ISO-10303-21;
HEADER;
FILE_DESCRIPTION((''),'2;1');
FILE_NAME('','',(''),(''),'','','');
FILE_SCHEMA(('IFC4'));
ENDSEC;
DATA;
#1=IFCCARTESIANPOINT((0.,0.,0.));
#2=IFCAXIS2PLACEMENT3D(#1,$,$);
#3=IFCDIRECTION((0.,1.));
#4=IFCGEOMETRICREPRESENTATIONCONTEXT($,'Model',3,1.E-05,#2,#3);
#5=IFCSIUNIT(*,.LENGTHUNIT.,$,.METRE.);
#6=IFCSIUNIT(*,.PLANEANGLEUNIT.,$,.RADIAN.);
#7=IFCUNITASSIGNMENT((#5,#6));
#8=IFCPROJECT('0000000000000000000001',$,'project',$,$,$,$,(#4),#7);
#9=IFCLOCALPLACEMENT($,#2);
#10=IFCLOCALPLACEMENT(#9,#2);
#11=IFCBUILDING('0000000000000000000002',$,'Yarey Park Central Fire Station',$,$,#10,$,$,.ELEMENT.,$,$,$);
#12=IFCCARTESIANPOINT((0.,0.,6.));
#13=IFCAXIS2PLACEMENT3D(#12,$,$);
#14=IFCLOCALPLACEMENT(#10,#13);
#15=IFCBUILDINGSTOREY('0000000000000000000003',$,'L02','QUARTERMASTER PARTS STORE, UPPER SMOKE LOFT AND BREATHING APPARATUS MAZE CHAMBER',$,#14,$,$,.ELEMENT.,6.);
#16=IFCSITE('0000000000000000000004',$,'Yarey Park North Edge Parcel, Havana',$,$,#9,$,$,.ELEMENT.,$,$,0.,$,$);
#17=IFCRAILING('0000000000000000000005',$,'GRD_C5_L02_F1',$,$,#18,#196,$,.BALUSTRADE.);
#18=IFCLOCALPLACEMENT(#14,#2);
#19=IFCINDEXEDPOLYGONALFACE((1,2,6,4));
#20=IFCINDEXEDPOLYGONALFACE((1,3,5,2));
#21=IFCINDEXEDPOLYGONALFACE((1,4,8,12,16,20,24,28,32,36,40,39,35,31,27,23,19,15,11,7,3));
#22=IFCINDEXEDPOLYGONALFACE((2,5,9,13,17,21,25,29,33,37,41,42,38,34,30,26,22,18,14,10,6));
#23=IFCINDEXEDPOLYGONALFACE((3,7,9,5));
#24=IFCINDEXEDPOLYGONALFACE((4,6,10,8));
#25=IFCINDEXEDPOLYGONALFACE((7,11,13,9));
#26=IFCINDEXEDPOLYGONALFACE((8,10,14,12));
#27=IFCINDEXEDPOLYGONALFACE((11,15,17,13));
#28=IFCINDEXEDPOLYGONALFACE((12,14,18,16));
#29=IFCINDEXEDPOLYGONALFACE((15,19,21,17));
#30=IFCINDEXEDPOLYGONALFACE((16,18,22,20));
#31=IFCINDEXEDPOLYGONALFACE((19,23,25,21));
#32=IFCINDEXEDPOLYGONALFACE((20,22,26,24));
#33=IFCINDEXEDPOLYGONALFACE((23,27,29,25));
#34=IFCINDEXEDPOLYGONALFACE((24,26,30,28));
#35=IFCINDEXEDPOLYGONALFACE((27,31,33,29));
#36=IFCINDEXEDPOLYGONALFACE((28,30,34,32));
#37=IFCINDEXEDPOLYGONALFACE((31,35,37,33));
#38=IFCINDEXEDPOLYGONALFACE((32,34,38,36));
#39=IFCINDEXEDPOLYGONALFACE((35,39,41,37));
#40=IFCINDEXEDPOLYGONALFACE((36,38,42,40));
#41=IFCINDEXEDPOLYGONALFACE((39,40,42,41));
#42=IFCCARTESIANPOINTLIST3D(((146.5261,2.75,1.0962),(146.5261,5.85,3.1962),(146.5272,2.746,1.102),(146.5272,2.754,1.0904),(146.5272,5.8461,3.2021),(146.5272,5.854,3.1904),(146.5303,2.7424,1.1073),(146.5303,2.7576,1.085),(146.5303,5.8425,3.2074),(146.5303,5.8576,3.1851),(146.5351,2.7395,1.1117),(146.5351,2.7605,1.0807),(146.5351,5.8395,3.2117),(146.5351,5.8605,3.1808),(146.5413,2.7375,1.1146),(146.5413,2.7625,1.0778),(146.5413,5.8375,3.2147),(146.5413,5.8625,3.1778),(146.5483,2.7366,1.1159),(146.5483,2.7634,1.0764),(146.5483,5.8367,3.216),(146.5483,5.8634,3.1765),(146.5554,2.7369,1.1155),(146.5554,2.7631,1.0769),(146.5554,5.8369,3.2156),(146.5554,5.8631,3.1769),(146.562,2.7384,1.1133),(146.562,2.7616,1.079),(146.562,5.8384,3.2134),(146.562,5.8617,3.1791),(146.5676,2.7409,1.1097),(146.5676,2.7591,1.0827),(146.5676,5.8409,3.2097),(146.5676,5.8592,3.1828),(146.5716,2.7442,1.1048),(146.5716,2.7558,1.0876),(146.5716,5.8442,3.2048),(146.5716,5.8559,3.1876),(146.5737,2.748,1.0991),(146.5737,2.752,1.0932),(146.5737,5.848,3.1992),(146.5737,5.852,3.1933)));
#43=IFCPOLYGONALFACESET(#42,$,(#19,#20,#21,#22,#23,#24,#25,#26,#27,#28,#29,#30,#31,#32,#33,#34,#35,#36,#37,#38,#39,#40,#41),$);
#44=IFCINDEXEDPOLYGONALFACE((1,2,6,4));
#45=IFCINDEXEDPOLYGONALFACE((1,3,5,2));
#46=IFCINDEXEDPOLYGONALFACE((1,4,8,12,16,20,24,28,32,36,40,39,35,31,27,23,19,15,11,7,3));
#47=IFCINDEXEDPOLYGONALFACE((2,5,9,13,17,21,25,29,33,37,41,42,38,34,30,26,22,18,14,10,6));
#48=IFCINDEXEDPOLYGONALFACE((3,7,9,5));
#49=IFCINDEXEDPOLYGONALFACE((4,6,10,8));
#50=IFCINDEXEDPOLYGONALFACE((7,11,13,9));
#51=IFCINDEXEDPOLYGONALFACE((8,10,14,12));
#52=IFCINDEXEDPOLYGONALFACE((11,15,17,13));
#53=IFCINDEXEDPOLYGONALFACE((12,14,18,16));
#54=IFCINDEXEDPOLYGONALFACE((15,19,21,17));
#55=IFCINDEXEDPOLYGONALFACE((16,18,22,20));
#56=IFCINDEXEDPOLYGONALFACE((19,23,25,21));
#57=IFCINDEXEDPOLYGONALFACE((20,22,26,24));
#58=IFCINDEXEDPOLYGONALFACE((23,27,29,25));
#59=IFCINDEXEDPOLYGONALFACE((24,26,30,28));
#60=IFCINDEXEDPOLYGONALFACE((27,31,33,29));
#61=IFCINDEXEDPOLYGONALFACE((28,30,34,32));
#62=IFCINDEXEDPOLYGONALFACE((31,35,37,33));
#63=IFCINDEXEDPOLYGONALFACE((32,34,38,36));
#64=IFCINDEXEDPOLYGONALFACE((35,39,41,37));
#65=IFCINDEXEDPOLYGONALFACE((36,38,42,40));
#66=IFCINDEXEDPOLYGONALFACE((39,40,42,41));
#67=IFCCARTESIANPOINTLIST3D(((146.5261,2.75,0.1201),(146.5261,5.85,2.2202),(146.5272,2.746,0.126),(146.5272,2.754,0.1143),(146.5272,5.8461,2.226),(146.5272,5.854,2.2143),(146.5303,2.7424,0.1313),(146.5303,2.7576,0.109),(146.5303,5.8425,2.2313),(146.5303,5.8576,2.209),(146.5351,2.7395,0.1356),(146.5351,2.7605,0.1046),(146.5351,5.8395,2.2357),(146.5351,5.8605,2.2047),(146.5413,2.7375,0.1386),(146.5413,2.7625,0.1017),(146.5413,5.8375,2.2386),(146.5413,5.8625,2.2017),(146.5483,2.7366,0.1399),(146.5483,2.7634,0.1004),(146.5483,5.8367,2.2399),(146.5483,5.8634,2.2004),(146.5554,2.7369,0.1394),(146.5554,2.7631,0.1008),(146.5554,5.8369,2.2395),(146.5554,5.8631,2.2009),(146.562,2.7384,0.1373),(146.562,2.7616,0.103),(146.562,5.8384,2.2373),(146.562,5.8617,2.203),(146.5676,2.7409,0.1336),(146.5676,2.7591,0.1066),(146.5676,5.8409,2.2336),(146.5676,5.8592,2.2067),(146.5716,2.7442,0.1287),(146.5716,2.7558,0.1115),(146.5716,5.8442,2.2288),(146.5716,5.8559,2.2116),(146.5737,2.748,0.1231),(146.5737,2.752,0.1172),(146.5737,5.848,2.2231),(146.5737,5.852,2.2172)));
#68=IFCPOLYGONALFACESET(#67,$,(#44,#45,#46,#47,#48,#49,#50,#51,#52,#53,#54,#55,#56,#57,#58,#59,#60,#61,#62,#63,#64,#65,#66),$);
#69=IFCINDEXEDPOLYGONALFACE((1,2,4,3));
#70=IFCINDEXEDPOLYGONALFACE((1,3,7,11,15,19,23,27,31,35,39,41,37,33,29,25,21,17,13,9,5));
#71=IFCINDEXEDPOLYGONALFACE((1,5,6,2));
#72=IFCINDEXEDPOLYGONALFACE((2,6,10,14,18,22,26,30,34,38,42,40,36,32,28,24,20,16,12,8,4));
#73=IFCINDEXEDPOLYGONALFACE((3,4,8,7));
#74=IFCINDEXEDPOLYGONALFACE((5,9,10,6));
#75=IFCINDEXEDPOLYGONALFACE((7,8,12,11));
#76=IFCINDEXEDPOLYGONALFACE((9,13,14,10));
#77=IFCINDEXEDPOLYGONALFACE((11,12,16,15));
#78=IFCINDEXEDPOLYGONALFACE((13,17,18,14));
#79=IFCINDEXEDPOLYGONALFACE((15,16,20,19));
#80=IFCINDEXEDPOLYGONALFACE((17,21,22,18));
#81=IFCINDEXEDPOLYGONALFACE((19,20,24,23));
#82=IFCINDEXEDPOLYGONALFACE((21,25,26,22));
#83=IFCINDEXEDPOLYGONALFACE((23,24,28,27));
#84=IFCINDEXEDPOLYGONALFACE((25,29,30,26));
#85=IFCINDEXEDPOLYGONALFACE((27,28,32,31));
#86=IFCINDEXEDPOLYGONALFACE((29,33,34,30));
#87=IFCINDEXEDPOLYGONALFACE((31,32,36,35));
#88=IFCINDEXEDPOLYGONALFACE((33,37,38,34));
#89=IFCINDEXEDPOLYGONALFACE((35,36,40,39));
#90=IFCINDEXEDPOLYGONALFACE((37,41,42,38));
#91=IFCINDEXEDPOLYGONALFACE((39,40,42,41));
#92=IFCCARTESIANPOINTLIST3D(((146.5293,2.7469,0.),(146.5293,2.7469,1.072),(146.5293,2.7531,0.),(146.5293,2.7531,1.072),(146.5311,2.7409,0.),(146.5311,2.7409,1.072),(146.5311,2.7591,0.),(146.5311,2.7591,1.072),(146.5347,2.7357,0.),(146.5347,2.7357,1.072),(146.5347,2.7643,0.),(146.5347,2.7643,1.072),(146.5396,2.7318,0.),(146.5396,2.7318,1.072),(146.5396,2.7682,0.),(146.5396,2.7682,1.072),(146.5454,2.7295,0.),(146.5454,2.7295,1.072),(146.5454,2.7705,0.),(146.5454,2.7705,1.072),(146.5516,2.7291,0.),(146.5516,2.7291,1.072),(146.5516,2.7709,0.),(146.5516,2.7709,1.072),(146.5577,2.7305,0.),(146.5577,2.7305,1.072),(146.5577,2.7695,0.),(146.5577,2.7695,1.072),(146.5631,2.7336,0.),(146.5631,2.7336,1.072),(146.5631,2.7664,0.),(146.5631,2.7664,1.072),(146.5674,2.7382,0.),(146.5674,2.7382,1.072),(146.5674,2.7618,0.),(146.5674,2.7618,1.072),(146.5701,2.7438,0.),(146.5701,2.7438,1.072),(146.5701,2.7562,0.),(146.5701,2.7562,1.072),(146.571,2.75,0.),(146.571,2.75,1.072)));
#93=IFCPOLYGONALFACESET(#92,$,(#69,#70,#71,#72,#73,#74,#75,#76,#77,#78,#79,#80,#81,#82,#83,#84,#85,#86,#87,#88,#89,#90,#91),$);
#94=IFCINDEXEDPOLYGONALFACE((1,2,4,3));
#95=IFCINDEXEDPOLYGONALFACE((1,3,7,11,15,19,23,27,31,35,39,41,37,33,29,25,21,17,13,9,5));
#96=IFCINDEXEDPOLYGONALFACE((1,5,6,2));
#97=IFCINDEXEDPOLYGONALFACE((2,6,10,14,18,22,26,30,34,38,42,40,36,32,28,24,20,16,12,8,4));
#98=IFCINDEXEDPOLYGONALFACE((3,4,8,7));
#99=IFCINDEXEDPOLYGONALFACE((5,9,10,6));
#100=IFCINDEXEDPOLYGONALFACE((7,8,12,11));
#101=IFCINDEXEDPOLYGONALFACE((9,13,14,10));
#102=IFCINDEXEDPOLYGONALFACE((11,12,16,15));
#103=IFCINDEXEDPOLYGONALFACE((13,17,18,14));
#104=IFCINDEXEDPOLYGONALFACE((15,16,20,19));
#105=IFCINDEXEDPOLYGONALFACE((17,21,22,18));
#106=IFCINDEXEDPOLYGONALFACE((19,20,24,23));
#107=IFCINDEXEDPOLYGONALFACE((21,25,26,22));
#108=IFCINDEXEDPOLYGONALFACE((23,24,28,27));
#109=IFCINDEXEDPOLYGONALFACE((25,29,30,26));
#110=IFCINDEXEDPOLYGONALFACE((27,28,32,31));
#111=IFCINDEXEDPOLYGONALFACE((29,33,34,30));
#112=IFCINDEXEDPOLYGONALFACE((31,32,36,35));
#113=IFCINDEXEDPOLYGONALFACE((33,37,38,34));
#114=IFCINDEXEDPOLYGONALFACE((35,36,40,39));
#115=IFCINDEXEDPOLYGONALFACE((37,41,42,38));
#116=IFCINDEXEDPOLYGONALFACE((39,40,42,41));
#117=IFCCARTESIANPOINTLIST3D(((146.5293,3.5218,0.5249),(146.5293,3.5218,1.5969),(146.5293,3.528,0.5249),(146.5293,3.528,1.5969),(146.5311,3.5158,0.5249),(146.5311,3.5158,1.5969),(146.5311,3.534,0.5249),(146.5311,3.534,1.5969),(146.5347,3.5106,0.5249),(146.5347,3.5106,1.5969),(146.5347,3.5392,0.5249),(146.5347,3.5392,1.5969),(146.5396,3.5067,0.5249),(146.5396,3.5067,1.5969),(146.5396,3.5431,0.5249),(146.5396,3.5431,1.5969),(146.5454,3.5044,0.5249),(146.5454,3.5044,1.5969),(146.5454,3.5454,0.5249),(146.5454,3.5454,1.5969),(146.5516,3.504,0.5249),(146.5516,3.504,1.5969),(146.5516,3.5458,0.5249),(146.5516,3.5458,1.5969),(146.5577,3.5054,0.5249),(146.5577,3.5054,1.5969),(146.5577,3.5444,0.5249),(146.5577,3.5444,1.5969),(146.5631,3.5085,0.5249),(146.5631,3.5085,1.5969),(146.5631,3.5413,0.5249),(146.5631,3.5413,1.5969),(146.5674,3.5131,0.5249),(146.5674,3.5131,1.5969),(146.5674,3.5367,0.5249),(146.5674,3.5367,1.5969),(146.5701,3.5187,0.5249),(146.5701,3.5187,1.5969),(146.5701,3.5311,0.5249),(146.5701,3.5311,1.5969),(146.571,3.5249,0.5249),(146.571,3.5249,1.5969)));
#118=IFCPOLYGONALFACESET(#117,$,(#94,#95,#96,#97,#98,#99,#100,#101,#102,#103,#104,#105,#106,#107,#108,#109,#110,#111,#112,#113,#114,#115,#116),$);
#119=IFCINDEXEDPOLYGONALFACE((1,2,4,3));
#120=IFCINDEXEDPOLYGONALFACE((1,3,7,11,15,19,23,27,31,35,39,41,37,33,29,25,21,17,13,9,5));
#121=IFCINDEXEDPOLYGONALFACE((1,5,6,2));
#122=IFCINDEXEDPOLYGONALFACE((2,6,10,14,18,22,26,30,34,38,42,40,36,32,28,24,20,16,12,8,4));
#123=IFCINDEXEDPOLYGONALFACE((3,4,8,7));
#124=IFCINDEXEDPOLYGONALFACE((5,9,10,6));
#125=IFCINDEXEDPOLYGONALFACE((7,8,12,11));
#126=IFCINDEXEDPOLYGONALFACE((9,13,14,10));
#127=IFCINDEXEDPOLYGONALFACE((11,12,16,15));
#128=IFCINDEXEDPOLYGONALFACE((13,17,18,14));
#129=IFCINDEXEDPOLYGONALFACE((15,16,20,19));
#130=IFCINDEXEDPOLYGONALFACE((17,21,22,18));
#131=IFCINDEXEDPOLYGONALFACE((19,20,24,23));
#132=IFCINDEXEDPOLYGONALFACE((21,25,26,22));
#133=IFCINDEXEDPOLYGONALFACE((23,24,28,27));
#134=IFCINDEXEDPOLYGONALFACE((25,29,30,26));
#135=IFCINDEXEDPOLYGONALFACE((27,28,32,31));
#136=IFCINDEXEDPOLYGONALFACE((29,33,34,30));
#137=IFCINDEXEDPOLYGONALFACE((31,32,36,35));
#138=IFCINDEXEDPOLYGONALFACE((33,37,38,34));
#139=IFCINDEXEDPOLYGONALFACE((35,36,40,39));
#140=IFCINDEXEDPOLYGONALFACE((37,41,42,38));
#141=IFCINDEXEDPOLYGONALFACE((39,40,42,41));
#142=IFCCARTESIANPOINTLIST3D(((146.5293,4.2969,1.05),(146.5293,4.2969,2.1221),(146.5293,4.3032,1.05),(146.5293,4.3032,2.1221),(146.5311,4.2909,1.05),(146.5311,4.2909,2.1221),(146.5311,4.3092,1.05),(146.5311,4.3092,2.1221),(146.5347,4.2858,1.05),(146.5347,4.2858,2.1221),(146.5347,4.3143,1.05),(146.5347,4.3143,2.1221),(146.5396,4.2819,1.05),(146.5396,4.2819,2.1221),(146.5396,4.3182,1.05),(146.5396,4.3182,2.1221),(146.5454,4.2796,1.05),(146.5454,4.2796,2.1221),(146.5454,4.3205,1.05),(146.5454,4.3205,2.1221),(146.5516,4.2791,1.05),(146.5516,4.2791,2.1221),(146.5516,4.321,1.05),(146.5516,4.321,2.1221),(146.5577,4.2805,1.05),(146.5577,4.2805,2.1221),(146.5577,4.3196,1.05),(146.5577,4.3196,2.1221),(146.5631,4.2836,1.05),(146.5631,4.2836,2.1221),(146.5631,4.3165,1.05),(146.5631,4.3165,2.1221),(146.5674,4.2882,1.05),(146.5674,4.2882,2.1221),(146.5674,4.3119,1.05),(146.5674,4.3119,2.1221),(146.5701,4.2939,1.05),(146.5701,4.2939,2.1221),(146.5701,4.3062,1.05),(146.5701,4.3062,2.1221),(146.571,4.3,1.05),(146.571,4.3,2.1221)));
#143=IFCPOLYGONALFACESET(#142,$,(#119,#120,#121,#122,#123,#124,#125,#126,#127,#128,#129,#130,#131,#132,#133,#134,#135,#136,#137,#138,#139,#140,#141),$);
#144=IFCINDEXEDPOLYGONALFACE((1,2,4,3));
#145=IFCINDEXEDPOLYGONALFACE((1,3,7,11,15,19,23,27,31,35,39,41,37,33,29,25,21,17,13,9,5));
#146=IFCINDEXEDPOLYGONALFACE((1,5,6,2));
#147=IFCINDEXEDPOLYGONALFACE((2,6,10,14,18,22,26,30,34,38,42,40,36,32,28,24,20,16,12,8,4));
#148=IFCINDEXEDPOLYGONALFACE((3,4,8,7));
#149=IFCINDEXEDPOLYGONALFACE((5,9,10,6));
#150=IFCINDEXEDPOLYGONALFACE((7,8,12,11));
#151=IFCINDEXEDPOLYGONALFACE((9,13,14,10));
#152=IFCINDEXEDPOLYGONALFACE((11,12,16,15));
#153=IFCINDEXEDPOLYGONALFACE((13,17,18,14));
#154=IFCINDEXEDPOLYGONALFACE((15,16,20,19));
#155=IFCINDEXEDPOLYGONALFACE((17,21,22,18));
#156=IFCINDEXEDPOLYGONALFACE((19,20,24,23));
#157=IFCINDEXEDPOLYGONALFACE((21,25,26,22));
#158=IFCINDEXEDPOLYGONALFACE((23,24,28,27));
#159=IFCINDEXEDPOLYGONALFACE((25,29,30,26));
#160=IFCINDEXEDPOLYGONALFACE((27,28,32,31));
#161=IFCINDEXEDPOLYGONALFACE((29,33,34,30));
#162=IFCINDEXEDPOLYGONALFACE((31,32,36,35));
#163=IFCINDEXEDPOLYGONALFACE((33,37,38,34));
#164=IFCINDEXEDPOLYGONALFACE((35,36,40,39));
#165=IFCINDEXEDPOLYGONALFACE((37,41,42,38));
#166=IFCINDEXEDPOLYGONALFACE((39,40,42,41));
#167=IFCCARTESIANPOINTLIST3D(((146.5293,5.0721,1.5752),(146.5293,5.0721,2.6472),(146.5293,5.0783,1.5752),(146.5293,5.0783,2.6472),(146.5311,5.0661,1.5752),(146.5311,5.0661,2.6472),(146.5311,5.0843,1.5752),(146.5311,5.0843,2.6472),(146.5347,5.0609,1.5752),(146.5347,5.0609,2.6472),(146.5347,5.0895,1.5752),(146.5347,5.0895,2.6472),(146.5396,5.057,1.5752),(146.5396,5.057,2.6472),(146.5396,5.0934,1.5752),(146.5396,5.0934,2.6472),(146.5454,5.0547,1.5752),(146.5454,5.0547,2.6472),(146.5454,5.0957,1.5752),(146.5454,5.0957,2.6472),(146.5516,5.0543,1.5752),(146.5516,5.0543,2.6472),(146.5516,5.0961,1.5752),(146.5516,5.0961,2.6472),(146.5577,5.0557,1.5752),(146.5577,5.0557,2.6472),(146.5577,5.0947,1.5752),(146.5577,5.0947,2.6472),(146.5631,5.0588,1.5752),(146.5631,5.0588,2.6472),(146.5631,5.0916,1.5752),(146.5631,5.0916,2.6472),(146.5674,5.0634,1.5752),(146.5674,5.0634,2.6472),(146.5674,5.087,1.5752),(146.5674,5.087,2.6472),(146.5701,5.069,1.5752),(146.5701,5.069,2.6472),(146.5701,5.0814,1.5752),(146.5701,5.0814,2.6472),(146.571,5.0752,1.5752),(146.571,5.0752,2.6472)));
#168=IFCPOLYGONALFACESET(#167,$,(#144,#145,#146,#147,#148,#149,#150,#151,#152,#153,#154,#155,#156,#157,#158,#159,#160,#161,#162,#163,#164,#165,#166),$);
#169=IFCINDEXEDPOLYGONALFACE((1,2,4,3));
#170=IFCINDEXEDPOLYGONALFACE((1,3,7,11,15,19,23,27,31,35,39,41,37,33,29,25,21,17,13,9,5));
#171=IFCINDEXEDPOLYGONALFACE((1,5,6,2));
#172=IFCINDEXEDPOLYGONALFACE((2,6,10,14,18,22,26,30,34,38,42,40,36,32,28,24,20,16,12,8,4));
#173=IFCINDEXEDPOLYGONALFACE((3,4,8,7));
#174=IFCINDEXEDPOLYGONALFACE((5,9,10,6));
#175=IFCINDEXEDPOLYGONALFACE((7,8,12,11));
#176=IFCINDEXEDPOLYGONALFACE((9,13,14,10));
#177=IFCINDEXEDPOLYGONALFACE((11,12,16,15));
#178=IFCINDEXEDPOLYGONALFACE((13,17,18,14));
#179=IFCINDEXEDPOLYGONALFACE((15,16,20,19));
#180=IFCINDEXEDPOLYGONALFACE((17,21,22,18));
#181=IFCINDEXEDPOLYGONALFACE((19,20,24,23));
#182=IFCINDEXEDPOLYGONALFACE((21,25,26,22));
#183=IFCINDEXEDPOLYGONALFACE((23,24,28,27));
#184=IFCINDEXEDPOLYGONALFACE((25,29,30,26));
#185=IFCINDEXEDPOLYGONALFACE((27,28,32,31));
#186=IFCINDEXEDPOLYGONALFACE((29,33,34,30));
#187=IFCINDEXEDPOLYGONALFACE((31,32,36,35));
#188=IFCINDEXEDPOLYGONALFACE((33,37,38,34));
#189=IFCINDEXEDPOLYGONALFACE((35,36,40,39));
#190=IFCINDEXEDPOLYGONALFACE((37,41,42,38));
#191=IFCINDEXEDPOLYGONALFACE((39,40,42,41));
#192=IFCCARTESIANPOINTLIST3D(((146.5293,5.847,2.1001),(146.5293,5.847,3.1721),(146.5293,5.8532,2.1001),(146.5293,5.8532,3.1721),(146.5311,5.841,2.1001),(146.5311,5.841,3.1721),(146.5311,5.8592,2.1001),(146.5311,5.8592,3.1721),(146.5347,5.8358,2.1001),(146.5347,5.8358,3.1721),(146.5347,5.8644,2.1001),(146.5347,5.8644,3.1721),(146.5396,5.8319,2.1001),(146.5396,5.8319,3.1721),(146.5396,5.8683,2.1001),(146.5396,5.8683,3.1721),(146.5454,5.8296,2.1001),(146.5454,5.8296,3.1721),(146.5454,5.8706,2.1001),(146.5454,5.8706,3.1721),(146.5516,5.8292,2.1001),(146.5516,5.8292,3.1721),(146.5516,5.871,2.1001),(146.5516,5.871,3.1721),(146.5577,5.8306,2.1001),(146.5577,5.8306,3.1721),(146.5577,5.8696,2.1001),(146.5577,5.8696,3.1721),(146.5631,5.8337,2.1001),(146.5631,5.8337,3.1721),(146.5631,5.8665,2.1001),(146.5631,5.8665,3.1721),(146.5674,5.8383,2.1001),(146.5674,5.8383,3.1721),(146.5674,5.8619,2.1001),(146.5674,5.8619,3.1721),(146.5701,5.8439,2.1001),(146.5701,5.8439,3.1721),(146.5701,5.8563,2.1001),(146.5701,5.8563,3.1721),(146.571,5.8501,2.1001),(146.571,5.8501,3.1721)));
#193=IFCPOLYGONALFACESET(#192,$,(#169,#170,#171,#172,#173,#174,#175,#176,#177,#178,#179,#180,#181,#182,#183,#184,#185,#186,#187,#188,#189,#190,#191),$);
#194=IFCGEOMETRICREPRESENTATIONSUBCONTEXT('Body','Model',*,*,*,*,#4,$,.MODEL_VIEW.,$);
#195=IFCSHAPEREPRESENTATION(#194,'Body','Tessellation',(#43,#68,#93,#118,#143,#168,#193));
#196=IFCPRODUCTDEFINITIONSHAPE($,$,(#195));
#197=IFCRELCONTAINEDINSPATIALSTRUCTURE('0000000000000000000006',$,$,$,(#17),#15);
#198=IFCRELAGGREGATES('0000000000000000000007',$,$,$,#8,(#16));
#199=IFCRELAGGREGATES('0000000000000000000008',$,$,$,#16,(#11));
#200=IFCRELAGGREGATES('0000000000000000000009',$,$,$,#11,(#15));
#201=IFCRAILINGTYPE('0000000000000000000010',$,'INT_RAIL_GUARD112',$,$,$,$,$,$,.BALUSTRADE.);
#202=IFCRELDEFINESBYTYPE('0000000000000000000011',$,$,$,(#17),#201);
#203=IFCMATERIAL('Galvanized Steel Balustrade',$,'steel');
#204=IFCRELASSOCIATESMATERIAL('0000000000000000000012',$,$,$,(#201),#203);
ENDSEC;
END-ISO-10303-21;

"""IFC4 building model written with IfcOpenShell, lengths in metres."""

from ifc_helpers import new_model, si_unit, direction, frame, origin, origin_2d, place, context, subcontext, project, spatial, circle, extrude, material, type_object, element, save


model = new_model("IFC4")

# Units and contexts
model_context = context("Model", 3, precision=1e-05, world=origin(), true_north=direction((0.0, 1.0)))
body_context = subcontext(model_context, "Body", "Model", "MODEL_VIEW")
ifc_project = project(units=[si_unit("LENGTHUNIT", "METRE"), si_unit("PLANEANGLEUNIT", "RADIAN")], contexts=[model_context])

# Site, building, storey
site_placement = place(None, origin())
site = spatial("IfcSite", under=ifc_project, at=site_placement, Name="Yarey Park North Edge Parcel, Havana", CompositionType="ELEMENT", RefElevation=0.0)
building_placement = place(site_placement, origin())
building = spatial("IfcBuilding", under=site, at=building_placement, Name="Yarey Park Central Fire Station", CompositionType="ELEMENT")
storey_placement = place(building_placement, frame((0.0, 0.0, 6.0)))
storey = spatial("IfcBuildingStorey", under=building, at=storey_placement, Name="L02", Description="QUARTERMASTER PARTS STORE, UPPER SMOKE LOFT AND BREATHING APPARATUS MAZE CHAMBER", CompositionType="ELEMENT", Elevation=6.0)

# Railing
ifc_material_1 = material(Name="Galvanized Steel Balustrade", Category="steel")
railing_type_1 = type_object("IfcRailingType", Name="INT_RAIL_GUARD112", PredefinedType="BALUSTRADE", material=ifc_material_1)
railing_1_placement = place(storey_placement, frame((146.55, 2.75, 0.0)))
element("IfcRailing", 1, at=railing_1_placement, inside=storey, type_object=railing_type_1, Name="GRD_C5_L02_F1", PredefinedType="BALUSTRADE", context=body_context, shape_type="SweptSolid", body=[
    extrude(circle(Radius=0.0239, at=origin_2d()), frame((0.0, 0.0, 1.0962), z_axis=(0.0, 0.827915, 0.560854), x_axis=(-1.0, 0.0, 0.0)), (0.0, 0.0, 1.0), 3.7444),
    extrude(circle(Radius=0.0239, at=origin_2d()), frame((0.0, 0.0, 0.1201), z_axis=(0.0, 0.827915, 0.560854), x_axis=(-1.0, 0.0, 0.0)), (0.0, 0.0, 1.0), 3.7444),
    extrude(circle(Radius=0.021, at=origin_2d()), origin(), (0.0, 0.0, 1.0), 1.072),
    extrude(circle(Radius=0.021, at=origin_2d()), frame((0.0, 0.7749, 0.5249)), (0.0, 0.0, 1.0), 1.072),
    extrude(circle(Radius=0.021, at=origin_2d()), frame((0.0, 1.55, 1.05)), (0.0, 0.0, 1.0), 1.072),
    extrude(circle(Radius=0.021, at=origin_2d()), frame((0.0, 2.3252, 1.5752)), (0.0, 0.0, 1.0), 1.072),
    extrude(circle(Radius=0.021, at=origin_2d()), frame((0.0, 3.1001, 2.1001)), (0.0, 0.0, 1.0), 1.072),
])

save(model, "model.ifc")
